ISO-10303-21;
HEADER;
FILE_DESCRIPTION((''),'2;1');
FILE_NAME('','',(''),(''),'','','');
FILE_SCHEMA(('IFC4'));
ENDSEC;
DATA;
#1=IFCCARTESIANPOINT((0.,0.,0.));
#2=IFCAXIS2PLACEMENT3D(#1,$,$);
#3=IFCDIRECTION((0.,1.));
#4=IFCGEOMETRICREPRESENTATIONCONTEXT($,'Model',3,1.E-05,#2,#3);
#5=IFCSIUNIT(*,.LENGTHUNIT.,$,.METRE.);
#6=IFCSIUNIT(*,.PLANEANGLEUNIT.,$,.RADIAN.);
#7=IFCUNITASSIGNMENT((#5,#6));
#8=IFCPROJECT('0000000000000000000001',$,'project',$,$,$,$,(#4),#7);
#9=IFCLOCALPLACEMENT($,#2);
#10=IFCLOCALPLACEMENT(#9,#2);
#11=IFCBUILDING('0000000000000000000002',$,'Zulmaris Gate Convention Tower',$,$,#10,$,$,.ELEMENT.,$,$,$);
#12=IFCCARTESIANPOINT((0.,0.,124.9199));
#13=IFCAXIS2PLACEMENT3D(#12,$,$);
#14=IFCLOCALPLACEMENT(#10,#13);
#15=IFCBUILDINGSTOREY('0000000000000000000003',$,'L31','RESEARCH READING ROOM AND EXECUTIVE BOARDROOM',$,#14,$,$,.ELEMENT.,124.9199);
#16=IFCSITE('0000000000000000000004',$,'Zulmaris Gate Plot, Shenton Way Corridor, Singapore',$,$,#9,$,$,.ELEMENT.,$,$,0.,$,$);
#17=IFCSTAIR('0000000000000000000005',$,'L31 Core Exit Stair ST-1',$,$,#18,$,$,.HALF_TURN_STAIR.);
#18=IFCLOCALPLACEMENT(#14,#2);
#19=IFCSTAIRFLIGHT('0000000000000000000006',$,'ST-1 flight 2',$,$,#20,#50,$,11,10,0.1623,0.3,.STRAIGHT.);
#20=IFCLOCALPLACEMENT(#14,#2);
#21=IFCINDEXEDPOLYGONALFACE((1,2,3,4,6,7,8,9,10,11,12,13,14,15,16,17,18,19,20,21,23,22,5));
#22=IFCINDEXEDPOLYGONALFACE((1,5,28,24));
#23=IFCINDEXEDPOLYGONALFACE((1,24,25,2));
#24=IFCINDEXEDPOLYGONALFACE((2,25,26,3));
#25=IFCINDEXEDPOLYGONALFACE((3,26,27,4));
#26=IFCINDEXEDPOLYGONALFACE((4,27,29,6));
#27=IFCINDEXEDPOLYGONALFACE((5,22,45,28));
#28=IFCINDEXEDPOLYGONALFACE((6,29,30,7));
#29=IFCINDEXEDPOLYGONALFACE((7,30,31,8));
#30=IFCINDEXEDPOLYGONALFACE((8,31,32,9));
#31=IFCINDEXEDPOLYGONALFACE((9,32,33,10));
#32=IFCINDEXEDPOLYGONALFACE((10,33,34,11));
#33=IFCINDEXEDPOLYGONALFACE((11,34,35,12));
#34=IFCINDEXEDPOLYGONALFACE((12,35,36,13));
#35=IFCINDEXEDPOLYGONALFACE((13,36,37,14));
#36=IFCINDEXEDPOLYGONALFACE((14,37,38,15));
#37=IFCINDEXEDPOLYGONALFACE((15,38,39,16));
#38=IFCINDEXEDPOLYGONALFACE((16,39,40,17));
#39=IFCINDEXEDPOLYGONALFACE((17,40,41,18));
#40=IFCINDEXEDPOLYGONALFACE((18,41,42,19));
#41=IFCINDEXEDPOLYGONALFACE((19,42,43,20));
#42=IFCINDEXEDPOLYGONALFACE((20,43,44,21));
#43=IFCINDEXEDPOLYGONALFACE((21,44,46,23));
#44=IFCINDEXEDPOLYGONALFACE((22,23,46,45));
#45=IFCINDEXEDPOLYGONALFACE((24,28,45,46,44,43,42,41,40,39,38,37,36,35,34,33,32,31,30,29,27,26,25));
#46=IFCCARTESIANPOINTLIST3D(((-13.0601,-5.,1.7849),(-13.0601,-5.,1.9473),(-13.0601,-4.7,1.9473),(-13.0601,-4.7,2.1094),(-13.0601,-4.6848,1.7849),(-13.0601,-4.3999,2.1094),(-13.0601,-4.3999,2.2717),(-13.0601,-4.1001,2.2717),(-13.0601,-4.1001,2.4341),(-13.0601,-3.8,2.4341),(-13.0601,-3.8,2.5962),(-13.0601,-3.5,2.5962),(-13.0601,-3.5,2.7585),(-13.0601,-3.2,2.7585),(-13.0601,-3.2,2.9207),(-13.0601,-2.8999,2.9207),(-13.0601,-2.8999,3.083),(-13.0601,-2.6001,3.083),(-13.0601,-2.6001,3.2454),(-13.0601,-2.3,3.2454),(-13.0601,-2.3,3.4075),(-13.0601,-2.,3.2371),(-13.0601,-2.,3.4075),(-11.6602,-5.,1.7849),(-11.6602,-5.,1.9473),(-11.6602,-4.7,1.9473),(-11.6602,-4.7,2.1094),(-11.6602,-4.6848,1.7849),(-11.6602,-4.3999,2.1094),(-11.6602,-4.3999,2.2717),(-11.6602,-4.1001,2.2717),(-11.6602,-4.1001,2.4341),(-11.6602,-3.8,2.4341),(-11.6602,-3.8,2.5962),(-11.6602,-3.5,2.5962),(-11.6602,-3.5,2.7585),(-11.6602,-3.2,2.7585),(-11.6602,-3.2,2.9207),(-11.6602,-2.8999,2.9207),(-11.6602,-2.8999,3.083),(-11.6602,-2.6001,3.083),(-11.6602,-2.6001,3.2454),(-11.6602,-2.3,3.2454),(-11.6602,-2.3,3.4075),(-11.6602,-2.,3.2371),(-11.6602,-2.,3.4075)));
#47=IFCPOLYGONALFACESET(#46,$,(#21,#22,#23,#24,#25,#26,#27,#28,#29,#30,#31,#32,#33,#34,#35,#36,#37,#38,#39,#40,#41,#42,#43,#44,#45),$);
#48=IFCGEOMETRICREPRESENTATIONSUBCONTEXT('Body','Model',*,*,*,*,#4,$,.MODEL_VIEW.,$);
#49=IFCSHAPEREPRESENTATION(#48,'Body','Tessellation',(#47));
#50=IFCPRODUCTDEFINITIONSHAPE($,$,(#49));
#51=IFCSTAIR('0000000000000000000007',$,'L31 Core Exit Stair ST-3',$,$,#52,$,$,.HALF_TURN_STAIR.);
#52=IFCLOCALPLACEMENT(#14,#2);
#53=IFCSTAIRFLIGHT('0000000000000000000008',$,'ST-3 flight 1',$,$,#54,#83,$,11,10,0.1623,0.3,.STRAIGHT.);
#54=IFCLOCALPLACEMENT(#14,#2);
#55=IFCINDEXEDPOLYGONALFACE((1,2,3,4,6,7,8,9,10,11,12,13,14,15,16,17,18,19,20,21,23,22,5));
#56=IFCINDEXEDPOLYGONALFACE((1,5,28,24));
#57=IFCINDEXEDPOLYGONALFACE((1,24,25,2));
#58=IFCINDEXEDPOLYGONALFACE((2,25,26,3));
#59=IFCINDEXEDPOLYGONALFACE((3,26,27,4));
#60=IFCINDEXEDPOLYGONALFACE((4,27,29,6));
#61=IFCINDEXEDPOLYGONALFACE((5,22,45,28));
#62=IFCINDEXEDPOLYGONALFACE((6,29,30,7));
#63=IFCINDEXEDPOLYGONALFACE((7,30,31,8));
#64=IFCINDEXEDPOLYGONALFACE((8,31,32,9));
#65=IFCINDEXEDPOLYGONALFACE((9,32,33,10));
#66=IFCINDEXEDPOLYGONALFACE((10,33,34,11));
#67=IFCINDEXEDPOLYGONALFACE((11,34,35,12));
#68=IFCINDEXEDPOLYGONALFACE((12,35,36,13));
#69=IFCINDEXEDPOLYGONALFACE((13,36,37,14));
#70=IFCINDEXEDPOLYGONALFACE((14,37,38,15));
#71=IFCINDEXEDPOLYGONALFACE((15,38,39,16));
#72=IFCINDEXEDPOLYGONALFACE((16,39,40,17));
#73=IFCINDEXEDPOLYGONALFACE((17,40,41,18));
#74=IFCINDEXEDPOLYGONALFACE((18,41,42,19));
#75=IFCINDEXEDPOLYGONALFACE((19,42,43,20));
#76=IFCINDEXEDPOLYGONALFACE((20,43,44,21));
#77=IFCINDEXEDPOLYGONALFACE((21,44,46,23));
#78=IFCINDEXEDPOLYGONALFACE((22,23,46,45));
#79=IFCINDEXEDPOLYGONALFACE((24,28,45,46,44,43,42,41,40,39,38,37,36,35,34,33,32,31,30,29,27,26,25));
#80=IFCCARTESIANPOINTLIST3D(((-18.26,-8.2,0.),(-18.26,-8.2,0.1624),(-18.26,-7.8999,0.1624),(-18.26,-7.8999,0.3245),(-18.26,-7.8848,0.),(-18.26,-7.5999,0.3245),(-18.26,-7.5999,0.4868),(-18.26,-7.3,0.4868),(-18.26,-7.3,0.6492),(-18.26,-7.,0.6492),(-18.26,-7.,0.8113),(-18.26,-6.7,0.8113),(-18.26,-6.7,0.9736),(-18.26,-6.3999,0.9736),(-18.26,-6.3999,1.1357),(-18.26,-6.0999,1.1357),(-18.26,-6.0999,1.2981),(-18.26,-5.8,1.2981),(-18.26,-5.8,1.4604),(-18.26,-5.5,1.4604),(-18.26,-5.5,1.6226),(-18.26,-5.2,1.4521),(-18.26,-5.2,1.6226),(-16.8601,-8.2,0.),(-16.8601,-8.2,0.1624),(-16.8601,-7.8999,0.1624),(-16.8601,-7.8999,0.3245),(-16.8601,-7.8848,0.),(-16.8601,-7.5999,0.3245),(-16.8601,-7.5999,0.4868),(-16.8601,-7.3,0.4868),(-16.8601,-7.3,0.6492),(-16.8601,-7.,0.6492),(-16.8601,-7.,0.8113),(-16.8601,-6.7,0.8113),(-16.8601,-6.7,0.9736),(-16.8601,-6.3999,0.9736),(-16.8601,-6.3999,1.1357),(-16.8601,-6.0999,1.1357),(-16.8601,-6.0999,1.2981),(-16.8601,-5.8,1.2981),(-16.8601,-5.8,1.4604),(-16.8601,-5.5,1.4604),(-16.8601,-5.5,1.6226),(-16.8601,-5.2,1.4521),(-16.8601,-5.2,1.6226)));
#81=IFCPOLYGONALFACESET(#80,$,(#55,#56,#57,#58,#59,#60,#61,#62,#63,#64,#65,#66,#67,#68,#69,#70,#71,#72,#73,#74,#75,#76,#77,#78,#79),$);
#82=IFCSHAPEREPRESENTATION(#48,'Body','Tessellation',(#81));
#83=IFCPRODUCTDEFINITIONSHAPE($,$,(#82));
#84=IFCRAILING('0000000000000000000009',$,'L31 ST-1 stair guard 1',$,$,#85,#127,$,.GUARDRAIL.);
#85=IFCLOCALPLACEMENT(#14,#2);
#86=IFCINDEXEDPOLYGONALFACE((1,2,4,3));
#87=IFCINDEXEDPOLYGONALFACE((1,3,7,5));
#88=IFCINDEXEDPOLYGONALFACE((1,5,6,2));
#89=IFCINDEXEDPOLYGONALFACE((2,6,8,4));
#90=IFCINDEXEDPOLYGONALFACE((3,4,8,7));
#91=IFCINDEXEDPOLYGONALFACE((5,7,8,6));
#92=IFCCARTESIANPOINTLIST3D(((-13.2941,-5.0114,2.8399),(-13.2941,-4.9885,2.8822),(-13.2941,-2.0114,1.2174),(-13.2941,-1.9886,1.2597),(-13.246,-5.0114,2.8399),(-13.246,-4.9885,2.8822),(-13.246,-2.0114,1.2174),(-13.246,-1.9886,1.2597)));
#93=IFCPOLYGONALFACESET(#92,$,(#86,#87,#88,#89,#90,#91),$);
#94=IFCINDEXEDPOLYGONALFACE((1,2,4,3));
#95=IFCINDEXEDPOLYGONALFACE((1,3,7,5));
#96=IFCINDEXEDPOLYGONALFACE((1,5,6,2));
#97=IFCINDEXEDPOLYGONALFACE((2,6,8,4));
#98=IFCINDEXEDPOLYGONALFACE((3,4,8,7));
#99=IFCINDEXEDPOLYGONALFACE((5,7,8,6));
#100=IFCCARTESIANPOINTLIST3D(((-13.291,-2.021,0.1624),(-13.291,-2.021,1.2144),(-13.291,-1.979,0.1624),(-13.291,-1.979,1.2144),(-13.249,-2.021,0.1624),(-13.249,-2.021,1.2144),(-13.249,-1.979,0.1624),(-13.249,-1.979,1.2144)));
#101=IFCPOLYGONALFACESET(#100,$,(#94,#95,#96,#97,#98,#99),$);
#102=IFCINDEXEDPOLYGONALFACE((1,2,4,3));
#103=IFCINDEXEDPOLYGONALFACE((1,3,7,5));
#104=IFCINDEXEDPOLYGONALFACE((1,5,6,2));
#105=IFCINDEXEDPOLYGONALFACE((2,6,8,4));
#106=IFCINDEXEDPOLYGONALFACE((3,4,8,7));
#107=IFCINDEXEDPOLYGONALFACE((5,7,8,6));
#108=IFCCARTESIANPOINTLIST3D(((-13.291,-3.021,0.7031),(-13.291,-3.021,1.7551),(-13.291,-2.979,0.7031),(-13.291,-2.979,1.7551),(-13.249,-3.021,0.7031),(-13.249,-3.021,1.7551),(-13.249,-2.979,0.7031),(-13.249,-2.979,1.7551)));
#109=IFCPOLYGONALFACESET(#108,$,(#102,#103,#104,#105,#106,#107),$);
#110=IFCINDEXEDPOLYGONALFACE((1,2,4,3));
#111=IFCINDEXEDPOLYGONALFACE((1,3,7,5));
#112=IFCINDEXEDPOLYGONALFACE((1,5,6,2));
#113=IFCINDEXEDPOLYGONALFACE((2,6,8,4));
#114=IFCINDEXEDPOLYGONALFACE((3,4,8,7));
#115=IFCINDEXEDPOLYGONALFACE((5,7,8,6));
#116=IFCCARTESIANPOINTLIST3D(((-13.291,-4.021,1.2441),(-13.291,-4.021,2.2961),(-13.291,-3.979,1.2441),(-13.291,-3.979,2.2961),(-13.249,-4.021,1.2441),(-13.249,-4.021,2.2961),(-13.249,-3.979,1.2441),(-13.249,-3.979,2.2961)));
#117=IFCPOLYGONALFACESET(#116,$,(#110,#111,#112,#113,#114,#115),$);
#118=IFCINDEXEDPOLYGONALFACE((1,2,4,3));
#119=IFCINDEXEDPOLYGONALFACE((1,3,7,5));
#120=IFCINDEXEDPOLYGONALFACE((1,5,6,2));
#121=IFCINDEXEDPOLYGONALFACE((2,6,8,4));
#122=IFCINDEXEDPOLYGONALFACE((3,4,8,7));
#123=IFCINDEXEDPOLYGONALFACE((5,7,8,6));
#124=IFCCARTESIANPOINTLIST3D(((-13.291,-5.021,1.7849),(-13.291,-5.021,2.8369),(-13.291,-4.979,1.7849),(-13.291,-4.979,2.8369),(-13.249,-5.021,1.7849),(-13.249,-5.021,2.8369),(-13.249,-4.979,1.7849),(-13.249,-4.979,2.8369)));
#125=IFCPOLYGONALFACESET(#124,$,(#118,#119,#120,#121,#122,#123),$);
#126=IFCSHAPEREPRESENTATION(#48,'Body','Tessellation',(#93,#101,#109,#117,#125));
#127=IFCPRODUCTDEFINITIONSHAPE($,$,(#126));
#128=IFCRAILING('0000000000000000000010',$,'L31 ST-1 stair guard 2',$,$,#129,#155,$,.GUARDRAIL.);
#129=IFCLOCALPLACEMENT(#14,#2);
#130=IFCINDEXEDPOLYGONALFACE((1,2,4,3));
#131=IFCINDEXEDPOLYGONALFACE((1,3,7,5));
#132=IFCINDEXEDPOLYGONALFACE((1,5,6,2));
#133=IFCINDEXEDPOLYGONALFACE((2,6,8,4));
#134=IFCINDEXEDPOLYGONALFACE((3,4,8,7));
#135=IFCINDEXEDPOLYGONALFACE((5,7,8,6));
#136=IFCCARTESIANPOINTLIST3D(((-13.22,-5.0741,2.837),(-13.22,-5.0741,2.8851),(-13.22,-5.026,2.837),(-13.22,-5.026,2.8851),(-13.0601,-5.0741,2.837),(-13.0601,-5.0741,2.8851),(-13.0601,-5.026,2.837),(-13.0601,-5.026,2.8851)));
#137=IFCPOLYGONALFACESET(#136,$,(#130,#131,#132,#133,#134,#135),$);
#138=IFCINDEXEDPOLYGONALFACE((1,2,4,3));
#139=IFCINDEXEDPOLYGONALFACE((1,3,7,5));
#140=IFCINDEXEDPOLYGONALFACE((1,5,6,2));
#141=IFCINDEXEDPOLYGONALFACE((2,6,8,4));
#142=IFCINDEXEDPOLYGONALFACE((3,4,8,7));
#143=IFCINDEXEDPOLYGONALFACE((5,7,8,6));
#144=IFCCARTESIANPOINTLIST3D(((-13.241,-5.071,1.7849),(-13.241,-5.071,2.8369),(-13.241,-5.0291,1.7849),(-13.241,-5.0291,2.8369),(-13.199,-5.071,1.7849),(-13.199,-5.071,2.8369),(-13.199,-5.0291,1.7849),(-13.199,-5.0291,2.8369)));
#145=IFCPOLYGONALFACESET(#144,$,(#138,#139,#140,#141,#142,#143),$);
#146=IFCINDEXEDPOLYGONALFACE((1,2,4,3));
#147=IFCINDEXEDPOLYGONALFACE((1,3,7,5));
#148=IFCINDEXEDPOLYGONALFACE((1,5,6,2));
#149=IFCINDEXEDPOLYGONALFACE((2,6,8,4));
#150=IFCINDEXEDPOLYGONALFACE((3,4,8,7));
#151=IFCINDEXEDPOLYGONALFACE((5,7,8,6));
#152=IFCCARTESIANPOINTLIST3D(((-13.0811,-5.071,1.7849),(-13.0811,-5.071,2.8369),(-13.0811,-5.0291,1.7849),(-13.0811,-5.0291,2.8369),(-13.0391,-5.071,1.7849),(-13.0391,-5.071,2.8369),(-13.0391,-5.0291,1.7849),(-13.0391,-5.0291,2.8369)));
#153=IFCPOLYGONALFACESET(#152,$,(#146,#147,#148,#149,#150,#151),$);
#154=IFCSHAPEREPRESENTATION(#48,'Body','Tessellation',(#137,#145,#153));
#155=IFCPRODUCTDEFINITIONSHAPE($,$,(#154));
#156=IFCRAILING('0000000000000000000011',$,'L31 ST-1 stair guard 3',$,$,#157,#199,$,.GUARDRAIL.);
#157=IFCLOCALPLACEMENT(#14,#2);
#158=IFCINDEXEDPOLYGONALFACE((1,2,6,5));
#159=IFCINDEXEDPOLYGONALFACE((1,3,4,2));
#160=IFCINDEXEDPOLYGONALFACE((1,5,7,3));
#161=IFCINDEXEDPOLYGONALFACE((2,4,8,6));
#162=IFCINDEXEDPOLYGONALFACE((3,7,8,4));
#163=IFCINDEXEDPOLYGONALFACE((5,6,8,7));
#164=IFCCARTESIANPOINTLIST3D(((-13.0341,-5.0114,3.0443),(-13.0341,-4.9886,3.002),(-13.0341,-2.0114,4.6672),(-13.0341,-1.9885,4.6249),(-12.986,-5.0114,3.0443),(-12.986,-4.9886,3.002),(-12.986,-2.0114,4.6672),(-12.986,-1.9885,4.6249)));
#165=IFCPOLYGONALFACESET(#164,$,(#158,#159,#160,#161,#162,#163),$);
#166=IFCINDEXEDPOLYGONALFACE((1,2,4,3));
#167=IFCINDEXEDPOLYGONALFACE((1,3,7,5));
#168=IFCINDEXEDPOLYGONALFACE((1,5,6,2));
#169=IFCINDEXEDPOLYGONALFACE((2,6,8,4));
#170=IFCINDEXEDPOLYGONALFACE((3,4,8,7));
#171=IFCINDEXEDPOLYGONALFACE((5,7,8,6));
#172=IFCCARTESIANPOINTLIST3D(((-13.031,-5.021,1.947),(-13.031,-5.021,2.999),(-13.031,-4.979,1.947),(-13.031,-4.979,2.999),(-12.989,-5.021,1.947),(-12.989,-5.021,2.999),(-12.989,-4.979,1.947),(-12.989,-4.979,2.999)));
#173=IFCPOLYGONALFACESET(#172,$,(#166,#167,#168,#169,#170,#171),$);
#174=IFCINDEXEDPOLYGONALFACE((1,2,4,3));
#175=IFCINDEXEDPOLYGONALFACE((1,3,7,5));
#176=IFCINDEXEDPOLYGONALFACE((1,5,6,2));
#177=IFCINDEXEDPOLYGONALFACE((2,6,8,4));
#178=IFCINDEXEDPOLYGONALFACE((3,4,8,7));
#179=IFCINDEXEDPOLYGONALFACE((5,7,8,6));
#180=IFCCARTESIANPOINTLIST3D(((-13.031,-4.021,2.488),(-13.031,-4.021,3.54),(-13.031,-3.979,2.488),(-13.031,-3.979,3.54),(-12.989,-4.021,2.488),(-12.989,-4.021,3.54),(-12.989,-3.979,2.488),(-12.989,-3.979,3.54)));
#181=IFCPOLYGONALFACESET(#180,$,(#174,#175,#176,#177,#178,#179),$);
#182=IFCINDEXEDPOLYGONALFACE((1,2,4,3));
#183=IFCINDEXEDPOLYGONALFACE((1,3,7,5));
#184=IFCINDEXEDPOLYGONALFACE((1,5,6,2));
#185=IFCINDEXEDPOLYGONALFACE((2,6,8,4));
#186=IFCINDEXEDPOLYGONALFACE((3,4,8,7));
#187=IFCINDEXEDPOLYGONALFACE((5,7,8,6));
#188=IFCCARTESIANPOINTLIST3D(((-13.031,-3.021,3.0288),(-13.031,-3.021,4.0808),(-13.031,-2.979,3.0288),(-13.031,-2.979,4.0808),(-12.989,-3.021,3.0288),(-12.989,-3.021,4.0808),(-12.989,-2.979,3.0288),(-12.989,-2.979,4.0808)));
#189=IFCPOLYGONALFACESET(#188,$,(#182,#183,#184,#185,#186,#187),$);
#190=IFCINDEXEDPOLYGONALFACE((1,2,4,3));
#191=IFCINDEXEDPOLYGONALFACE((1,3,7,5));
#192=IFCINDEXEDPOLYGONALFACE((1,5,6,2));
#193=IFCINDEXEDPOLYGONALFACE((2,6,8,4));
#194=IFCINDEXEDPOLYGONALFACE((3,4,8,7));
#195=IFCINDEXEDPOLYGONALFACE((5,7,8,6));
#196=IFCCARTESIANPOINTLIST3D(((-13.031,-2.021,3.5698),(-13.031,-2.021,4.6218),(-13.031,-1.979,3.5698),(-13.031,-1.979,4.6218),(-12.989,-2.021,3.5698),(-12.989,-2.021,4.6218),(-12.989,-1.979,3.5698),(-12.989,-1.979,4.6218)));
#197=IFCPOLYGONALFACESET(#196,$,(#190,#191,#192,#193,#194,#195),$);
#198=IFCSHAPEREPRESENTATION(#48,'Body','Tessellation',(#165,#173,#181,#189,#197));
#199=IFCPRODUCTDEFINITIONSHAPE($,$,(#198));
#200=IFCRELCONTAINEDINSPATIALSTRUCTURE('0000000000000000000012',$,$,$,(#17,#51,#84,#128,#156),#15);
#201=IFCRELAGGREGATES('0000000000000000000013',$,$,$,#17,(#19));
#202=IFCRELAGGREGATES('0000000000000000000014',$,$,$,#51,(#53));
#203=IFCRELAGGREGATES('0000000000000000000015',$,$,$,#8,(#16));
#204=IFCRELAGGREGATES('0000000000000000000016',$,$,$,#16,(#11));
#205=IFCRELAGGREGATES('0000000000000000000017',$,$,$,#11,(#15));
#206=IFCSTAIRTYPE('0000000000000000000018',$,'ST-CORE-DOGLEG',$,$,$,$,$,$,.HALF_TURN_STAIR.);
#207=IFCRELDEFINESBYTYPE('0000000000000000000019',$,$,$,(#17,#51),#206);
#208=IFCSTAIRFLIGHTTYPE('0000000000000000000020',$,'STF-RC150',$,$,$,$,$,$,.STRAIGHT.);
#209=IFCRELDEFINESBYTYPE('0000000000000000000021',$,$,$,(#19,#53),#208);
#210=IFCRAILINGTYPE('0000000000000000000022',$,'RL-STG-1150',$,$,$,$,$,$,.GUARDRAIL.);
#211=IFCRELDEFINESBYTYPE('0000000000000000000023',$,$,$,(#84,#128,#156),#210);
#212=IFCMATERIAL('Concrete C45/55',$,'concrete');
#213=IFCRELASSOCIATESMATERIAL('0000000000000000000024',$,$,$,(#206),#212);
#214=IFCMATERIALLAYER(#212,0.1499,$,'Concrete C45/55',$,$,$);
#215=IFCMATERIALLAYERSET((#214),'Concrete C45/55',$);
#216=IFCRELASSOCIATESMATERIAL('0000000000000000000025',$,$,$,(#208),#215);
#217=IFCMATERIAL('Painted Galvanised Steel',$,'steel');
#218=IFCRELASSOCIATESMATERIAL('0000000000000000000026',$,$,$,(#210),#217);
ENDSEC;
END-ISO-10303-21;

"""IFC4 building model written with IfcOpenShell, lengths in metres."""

from ifc_helpers import new_model, si_unit, direction, frame, origin, origin_2d, place, context, subcontext, project, spatial, polyline, rectangle, outline, extrude, material, layer, layer_set, type_object, element, aggregate, save


model = new_model("IFC4")

# Units and contexts
model_context = context("Model", 3, precision=1e-05, world=origin(), true_north=direction((0.0, 1.0)))
body_context = subcontext(model_context, "Body", "Model", "MODEL_VIEW")
ifc_project = project(units=[si_unit("LENGTHUNIT", "METRE"), si_unit("PLANEANGLEUNIT", "RADIAN")], contexts=[model_context])

# Site, building, storey
site_placement = place(None, origin())
site = spatial("IfcSite", under=ifc_project, at=site_placement, Name="Zulmaris Gate Plot, Shenton Way Corridor, Singapore", CompositionType="ELEMENT", RefElevation=0.0)
building_placement = place(site_placement, origin())
building = spatial("IfcBuilding", under=site, at=building_placement, Name="Zulmaris Gate Convention Tower", CompositionType="ELEMENT")
storey_placement = place(building_placement, frame((0.0, 0.0, 124.9199)))
storey = spatial("IfcBuildingStorey", under=building, at=storey_placement, Name="L31", Description="RESEARCH READING ROOM AND EXECUTIVE BOARDROOM", CompositionType="ELEMENT", Elevation=124.9199)

# Stair, stair flight
ifc_material_1 = material(Name="Concrete C45/55", Category="concrete")
stair_type = type_object("IfcStairType", Name="ST-CORE-DOGLEG", PredefinedType="HALF_TURN_STAIR", material=ifc_material_1)
stair_1_placement = place(storey_placement, origin())
stair_1 = element("IfcStair", 1, at=stair_1_placement, inside=storey, type_object=stair_type, Name="L31 Core Exit Stair ST-1", PredefinedType="HALF_TURN_STAIR")
ifc_layer_1 = layer(ifc_material_1, 0.1499, Name="Concrete C45/55")
ifc_layer_set_1 = layer_set([ifc_layer_1], Name="Concrete C45/55")
stair_flight_type = type_object("IfcStairFlightType", Name="STF-RC150", PredefinedType="STRAIGHT", material=ifc_layer_set_1)
stair_flight_1_placement = place(storey_placement, frame((-12.3601, -5.0, 1.7849), z_axis=(0.0, 0.0, 1.0), x_axis=(0.0, 1.0, 0.0)))
stair_flight_1 = element("IfcStairFlight", 2, at=stair_flight_1_placement, type_object=stair_flight_type, Name="ST-1 flight 2", NumberOfRisers=11, NumberOfTreads=10, PredefinedType="STRAIGHT", RiserHeight=0.1623, TreadLength=0.3, context=body_context, shape_type="SweptSolid", body=[
    extrude(outline(polyline([(0.0, 0.0), (0.0, 0.1624), (0.3, 0.1624), (0.3, 0.3245), (0.6001, 0.3245), (0.6001, 0.4868), (0.8999, 0.4868), (0.8999, 0.6492), (1.2, 0.6492), (1.2, 0.8113), (1.5, 0.8113), (1.5, 0.9736), (1.8, 0.9736), (1.8, 1.1357), (2.1001, 1.1357), (2.1001, 1.2981), (2.3999, 1.2981), (2.3999, 1.4604), (2.7, 1.4604), (2.7, 1.6226), (3.0, 1.6226), (3.0, 1.7849), (3.0, 1.4521), (0.3152, 0.0), (0.0, 0.0)])), frame((0.0, 0.7, 0.0), z_axis=(0.0, -1.0, 0.0), x_axis=(1.0, 0.0, 0.0)), (0.0, 0.0, 1.0), 1.3999),
])
aggregate(stair_1, [stair_flight_1])

# Stair, stair flight
stair_2_placement = place(storey_placement, origin())
stair_2 = element("IfcStair", 3, at=stair_2_placement, inside=storey, type_object=stair_type, Name="L31 Core Exit Stair ST-3", PredefinedType="HALF_TURN_STAIR")
stair_flight_2_placement = place(storey_placement, frame((-17.5601, -8.2, 0.0), z_axis=(0.0, 0.0, 1.0), x_axis=(0.0, 1.0, 0.0)))
stair_flight_2 = element("IfcStairFlight", 4, at=stair_flight_2_placement, type_object=stair_flight_type, Name="ST-3 flight 1", NumberOfRisers=11, NumberOfTreads=10, PredefinedType="STRAIGHT", RiserHeight=0.1623, TreadLength=0.3, context=body_context, shape_type="SweptSolid", body=[
    extrude(outline(polyline([(0.0, 0.0), (0.0, 0.1624), (0.3, 0.1624), (0.3, 0.3245), (0.6001, 0.3245), (0.6001, 0.4868), (0.8999, 0.4868), (0.8999, 0.6492), (1.2, 0.6492), (1.2, 0.8113), (1.5, 0.8113), (1.5, 0.9736), (1.8, 0.9736), (1.8, 1.1357), (2.1001, 1.1357), (2.1001, 1.2981), (2.3999, 1.2981), (2.3999, 1.4604), (2.7, 1.4604), (2.7, 1.6226), (3.0, 1.6226), (3.0, 1.7849), (3.0, 1.4521), (0.3152, 0.0), (0.0, 0.0)])), frame((0.0, 0.7, 0.0), z_axis=(0.0, -1.0, 0.0), x_axis=(1.0, 0.0, 0.0)), (0.0, 0.0, 1.0), 1.3999),
])
aggregate(stair_2, [stair_flight_2])

# Railings
ifc_material_2 = material(Name="Painted Galvanised Steel", Category="steel")
railing_type_1 = type_object("IfcRailingType", Name="RL-STG-1150", PredefinedType="GUARDRAIL", material=ifc_material_2)
railing_1_placement = place(storey_placement, frame((-13.27, -2.0, 0.1624)))
element("IfcRailing", 5, at=railing_1_placement, inside=storey, type_object=railing_type_1, Name="L31 ST-1 stair guard 1", PredefinedType="GUARDRAIL", context=body_context, shape_type="SweptSolid", body=[
    extrude(rectangle(XDim=0.0481, YDim=0.0481, at=origin_2d()), frame((0.0, 0.0, 1.0762), z_axis=(0.0, -0.879592, 0.47573), x_axis=(1.0, 0.0, 0.0)), (0.0, 0.0, 1.0), 3.4106),
    extrude(rectangle(XDim=0.042, YDim=0.042, at=origin_2d()), origin(), (0.0, 0.0, 1.0), 1.052),
    extrude(rectangle(XDim=0.042, YDim=0.042, at=origin_2d()), frame((0.0, -1.0, 0.5408)), (0.0, 0.0, 1.0), 1.052),
    extrude(rectangle(XDim=0.042, YDim=0.042, at=origin_2d()), frame((0.0, -2.0, 1.0818)), (0.0, 0.0, 1.0), 1.052),
    extrude(rectangle(XDim=0.042, YDim=0.042, at=origin_2d()), frame((0.0, -3.0, 1.6226)), (0.0, 0.0, 1.0), 1.052),
])
railing_2_placement = place(storey_placement, frame((-13.22, -5.05, 1.7849)))
element("IfcRailing", 6, at=railing_2_placement, inside=storey, type_object=railing_type_1, Name="L31 ST-1 stair guard 2", PredefinedType="GUARDRAIL", context=body_context, shape_type="SweptSolid", body=[
    extrude(rectangle(XDim=0.0481, YDim=0.0481, at=origin_2d()), frame((0.0, 0.0, 1.0762), z_axis=(1.0, 0.0, 0.0), x_axis=(0.0, 1.0, 0.0)), (0.0, 0.0, 1.0), 0.1599),
    extrude(rectangle(XDim=0.042, YDim=0.042, at=origin_2d()), origin(), (0.0, 0.0, 1.0), 1.052),
    extrude(rectangle(XDim=0.042, YDim=0.042, at=origin_2d()), frame((0.1599, 0.0, 0.0)), (0.0, 0.0, 1.0), 1.052),
])
railing_3_placement = place(storey_placement, frame((-13.01, -5.0, 1.947)))
element("IfcRailing", 7, at=railing_3_placement, inside=storey, type_object=railing_type_1, Name="L31 ST-1 stair guard 3", PredefinedType="GUARDRAIL", context=body_context, shape_type="SweptSolid", body=[
    extrude(rectangle(XDim=0.0481, YDim=0.0481, at=origin_2d()), frame((0.0, 0.0, 1.0762), z_axis=(0.0, 0.879562, 0.475785), x_axis=(-1.0, 0.0, 0.0)), (0.0, 0.0, 1.0), 3.4109),
    extrude(rectangle(XDim=0.042, YDim=0.042, at=origin_2d()), origin(), (0.0, 0.0, 1.0), 1.052),
    extrude(rectangle(XDim=0.042, YDim=0.042, at=origin_2d()), frame((0.0, 1.0, 0.541)), (0.0, 0.0, 1.0), 1.052),
    extrude(rectangle(XDim=0.042, YDim=0.042, at=origin_2d()), frame((0.0, 2.0, 1.0818)), (0.0, 0.0, 1.0), 1.052),
    extrude(rectangle(XDim=0.042, YDim=0.042, at=origin_2d()), frame((0.0, 3.0, 1.6228)), (0.0, 0.0, 1.0), 1.052),
])

save(model, "model.ifc")
